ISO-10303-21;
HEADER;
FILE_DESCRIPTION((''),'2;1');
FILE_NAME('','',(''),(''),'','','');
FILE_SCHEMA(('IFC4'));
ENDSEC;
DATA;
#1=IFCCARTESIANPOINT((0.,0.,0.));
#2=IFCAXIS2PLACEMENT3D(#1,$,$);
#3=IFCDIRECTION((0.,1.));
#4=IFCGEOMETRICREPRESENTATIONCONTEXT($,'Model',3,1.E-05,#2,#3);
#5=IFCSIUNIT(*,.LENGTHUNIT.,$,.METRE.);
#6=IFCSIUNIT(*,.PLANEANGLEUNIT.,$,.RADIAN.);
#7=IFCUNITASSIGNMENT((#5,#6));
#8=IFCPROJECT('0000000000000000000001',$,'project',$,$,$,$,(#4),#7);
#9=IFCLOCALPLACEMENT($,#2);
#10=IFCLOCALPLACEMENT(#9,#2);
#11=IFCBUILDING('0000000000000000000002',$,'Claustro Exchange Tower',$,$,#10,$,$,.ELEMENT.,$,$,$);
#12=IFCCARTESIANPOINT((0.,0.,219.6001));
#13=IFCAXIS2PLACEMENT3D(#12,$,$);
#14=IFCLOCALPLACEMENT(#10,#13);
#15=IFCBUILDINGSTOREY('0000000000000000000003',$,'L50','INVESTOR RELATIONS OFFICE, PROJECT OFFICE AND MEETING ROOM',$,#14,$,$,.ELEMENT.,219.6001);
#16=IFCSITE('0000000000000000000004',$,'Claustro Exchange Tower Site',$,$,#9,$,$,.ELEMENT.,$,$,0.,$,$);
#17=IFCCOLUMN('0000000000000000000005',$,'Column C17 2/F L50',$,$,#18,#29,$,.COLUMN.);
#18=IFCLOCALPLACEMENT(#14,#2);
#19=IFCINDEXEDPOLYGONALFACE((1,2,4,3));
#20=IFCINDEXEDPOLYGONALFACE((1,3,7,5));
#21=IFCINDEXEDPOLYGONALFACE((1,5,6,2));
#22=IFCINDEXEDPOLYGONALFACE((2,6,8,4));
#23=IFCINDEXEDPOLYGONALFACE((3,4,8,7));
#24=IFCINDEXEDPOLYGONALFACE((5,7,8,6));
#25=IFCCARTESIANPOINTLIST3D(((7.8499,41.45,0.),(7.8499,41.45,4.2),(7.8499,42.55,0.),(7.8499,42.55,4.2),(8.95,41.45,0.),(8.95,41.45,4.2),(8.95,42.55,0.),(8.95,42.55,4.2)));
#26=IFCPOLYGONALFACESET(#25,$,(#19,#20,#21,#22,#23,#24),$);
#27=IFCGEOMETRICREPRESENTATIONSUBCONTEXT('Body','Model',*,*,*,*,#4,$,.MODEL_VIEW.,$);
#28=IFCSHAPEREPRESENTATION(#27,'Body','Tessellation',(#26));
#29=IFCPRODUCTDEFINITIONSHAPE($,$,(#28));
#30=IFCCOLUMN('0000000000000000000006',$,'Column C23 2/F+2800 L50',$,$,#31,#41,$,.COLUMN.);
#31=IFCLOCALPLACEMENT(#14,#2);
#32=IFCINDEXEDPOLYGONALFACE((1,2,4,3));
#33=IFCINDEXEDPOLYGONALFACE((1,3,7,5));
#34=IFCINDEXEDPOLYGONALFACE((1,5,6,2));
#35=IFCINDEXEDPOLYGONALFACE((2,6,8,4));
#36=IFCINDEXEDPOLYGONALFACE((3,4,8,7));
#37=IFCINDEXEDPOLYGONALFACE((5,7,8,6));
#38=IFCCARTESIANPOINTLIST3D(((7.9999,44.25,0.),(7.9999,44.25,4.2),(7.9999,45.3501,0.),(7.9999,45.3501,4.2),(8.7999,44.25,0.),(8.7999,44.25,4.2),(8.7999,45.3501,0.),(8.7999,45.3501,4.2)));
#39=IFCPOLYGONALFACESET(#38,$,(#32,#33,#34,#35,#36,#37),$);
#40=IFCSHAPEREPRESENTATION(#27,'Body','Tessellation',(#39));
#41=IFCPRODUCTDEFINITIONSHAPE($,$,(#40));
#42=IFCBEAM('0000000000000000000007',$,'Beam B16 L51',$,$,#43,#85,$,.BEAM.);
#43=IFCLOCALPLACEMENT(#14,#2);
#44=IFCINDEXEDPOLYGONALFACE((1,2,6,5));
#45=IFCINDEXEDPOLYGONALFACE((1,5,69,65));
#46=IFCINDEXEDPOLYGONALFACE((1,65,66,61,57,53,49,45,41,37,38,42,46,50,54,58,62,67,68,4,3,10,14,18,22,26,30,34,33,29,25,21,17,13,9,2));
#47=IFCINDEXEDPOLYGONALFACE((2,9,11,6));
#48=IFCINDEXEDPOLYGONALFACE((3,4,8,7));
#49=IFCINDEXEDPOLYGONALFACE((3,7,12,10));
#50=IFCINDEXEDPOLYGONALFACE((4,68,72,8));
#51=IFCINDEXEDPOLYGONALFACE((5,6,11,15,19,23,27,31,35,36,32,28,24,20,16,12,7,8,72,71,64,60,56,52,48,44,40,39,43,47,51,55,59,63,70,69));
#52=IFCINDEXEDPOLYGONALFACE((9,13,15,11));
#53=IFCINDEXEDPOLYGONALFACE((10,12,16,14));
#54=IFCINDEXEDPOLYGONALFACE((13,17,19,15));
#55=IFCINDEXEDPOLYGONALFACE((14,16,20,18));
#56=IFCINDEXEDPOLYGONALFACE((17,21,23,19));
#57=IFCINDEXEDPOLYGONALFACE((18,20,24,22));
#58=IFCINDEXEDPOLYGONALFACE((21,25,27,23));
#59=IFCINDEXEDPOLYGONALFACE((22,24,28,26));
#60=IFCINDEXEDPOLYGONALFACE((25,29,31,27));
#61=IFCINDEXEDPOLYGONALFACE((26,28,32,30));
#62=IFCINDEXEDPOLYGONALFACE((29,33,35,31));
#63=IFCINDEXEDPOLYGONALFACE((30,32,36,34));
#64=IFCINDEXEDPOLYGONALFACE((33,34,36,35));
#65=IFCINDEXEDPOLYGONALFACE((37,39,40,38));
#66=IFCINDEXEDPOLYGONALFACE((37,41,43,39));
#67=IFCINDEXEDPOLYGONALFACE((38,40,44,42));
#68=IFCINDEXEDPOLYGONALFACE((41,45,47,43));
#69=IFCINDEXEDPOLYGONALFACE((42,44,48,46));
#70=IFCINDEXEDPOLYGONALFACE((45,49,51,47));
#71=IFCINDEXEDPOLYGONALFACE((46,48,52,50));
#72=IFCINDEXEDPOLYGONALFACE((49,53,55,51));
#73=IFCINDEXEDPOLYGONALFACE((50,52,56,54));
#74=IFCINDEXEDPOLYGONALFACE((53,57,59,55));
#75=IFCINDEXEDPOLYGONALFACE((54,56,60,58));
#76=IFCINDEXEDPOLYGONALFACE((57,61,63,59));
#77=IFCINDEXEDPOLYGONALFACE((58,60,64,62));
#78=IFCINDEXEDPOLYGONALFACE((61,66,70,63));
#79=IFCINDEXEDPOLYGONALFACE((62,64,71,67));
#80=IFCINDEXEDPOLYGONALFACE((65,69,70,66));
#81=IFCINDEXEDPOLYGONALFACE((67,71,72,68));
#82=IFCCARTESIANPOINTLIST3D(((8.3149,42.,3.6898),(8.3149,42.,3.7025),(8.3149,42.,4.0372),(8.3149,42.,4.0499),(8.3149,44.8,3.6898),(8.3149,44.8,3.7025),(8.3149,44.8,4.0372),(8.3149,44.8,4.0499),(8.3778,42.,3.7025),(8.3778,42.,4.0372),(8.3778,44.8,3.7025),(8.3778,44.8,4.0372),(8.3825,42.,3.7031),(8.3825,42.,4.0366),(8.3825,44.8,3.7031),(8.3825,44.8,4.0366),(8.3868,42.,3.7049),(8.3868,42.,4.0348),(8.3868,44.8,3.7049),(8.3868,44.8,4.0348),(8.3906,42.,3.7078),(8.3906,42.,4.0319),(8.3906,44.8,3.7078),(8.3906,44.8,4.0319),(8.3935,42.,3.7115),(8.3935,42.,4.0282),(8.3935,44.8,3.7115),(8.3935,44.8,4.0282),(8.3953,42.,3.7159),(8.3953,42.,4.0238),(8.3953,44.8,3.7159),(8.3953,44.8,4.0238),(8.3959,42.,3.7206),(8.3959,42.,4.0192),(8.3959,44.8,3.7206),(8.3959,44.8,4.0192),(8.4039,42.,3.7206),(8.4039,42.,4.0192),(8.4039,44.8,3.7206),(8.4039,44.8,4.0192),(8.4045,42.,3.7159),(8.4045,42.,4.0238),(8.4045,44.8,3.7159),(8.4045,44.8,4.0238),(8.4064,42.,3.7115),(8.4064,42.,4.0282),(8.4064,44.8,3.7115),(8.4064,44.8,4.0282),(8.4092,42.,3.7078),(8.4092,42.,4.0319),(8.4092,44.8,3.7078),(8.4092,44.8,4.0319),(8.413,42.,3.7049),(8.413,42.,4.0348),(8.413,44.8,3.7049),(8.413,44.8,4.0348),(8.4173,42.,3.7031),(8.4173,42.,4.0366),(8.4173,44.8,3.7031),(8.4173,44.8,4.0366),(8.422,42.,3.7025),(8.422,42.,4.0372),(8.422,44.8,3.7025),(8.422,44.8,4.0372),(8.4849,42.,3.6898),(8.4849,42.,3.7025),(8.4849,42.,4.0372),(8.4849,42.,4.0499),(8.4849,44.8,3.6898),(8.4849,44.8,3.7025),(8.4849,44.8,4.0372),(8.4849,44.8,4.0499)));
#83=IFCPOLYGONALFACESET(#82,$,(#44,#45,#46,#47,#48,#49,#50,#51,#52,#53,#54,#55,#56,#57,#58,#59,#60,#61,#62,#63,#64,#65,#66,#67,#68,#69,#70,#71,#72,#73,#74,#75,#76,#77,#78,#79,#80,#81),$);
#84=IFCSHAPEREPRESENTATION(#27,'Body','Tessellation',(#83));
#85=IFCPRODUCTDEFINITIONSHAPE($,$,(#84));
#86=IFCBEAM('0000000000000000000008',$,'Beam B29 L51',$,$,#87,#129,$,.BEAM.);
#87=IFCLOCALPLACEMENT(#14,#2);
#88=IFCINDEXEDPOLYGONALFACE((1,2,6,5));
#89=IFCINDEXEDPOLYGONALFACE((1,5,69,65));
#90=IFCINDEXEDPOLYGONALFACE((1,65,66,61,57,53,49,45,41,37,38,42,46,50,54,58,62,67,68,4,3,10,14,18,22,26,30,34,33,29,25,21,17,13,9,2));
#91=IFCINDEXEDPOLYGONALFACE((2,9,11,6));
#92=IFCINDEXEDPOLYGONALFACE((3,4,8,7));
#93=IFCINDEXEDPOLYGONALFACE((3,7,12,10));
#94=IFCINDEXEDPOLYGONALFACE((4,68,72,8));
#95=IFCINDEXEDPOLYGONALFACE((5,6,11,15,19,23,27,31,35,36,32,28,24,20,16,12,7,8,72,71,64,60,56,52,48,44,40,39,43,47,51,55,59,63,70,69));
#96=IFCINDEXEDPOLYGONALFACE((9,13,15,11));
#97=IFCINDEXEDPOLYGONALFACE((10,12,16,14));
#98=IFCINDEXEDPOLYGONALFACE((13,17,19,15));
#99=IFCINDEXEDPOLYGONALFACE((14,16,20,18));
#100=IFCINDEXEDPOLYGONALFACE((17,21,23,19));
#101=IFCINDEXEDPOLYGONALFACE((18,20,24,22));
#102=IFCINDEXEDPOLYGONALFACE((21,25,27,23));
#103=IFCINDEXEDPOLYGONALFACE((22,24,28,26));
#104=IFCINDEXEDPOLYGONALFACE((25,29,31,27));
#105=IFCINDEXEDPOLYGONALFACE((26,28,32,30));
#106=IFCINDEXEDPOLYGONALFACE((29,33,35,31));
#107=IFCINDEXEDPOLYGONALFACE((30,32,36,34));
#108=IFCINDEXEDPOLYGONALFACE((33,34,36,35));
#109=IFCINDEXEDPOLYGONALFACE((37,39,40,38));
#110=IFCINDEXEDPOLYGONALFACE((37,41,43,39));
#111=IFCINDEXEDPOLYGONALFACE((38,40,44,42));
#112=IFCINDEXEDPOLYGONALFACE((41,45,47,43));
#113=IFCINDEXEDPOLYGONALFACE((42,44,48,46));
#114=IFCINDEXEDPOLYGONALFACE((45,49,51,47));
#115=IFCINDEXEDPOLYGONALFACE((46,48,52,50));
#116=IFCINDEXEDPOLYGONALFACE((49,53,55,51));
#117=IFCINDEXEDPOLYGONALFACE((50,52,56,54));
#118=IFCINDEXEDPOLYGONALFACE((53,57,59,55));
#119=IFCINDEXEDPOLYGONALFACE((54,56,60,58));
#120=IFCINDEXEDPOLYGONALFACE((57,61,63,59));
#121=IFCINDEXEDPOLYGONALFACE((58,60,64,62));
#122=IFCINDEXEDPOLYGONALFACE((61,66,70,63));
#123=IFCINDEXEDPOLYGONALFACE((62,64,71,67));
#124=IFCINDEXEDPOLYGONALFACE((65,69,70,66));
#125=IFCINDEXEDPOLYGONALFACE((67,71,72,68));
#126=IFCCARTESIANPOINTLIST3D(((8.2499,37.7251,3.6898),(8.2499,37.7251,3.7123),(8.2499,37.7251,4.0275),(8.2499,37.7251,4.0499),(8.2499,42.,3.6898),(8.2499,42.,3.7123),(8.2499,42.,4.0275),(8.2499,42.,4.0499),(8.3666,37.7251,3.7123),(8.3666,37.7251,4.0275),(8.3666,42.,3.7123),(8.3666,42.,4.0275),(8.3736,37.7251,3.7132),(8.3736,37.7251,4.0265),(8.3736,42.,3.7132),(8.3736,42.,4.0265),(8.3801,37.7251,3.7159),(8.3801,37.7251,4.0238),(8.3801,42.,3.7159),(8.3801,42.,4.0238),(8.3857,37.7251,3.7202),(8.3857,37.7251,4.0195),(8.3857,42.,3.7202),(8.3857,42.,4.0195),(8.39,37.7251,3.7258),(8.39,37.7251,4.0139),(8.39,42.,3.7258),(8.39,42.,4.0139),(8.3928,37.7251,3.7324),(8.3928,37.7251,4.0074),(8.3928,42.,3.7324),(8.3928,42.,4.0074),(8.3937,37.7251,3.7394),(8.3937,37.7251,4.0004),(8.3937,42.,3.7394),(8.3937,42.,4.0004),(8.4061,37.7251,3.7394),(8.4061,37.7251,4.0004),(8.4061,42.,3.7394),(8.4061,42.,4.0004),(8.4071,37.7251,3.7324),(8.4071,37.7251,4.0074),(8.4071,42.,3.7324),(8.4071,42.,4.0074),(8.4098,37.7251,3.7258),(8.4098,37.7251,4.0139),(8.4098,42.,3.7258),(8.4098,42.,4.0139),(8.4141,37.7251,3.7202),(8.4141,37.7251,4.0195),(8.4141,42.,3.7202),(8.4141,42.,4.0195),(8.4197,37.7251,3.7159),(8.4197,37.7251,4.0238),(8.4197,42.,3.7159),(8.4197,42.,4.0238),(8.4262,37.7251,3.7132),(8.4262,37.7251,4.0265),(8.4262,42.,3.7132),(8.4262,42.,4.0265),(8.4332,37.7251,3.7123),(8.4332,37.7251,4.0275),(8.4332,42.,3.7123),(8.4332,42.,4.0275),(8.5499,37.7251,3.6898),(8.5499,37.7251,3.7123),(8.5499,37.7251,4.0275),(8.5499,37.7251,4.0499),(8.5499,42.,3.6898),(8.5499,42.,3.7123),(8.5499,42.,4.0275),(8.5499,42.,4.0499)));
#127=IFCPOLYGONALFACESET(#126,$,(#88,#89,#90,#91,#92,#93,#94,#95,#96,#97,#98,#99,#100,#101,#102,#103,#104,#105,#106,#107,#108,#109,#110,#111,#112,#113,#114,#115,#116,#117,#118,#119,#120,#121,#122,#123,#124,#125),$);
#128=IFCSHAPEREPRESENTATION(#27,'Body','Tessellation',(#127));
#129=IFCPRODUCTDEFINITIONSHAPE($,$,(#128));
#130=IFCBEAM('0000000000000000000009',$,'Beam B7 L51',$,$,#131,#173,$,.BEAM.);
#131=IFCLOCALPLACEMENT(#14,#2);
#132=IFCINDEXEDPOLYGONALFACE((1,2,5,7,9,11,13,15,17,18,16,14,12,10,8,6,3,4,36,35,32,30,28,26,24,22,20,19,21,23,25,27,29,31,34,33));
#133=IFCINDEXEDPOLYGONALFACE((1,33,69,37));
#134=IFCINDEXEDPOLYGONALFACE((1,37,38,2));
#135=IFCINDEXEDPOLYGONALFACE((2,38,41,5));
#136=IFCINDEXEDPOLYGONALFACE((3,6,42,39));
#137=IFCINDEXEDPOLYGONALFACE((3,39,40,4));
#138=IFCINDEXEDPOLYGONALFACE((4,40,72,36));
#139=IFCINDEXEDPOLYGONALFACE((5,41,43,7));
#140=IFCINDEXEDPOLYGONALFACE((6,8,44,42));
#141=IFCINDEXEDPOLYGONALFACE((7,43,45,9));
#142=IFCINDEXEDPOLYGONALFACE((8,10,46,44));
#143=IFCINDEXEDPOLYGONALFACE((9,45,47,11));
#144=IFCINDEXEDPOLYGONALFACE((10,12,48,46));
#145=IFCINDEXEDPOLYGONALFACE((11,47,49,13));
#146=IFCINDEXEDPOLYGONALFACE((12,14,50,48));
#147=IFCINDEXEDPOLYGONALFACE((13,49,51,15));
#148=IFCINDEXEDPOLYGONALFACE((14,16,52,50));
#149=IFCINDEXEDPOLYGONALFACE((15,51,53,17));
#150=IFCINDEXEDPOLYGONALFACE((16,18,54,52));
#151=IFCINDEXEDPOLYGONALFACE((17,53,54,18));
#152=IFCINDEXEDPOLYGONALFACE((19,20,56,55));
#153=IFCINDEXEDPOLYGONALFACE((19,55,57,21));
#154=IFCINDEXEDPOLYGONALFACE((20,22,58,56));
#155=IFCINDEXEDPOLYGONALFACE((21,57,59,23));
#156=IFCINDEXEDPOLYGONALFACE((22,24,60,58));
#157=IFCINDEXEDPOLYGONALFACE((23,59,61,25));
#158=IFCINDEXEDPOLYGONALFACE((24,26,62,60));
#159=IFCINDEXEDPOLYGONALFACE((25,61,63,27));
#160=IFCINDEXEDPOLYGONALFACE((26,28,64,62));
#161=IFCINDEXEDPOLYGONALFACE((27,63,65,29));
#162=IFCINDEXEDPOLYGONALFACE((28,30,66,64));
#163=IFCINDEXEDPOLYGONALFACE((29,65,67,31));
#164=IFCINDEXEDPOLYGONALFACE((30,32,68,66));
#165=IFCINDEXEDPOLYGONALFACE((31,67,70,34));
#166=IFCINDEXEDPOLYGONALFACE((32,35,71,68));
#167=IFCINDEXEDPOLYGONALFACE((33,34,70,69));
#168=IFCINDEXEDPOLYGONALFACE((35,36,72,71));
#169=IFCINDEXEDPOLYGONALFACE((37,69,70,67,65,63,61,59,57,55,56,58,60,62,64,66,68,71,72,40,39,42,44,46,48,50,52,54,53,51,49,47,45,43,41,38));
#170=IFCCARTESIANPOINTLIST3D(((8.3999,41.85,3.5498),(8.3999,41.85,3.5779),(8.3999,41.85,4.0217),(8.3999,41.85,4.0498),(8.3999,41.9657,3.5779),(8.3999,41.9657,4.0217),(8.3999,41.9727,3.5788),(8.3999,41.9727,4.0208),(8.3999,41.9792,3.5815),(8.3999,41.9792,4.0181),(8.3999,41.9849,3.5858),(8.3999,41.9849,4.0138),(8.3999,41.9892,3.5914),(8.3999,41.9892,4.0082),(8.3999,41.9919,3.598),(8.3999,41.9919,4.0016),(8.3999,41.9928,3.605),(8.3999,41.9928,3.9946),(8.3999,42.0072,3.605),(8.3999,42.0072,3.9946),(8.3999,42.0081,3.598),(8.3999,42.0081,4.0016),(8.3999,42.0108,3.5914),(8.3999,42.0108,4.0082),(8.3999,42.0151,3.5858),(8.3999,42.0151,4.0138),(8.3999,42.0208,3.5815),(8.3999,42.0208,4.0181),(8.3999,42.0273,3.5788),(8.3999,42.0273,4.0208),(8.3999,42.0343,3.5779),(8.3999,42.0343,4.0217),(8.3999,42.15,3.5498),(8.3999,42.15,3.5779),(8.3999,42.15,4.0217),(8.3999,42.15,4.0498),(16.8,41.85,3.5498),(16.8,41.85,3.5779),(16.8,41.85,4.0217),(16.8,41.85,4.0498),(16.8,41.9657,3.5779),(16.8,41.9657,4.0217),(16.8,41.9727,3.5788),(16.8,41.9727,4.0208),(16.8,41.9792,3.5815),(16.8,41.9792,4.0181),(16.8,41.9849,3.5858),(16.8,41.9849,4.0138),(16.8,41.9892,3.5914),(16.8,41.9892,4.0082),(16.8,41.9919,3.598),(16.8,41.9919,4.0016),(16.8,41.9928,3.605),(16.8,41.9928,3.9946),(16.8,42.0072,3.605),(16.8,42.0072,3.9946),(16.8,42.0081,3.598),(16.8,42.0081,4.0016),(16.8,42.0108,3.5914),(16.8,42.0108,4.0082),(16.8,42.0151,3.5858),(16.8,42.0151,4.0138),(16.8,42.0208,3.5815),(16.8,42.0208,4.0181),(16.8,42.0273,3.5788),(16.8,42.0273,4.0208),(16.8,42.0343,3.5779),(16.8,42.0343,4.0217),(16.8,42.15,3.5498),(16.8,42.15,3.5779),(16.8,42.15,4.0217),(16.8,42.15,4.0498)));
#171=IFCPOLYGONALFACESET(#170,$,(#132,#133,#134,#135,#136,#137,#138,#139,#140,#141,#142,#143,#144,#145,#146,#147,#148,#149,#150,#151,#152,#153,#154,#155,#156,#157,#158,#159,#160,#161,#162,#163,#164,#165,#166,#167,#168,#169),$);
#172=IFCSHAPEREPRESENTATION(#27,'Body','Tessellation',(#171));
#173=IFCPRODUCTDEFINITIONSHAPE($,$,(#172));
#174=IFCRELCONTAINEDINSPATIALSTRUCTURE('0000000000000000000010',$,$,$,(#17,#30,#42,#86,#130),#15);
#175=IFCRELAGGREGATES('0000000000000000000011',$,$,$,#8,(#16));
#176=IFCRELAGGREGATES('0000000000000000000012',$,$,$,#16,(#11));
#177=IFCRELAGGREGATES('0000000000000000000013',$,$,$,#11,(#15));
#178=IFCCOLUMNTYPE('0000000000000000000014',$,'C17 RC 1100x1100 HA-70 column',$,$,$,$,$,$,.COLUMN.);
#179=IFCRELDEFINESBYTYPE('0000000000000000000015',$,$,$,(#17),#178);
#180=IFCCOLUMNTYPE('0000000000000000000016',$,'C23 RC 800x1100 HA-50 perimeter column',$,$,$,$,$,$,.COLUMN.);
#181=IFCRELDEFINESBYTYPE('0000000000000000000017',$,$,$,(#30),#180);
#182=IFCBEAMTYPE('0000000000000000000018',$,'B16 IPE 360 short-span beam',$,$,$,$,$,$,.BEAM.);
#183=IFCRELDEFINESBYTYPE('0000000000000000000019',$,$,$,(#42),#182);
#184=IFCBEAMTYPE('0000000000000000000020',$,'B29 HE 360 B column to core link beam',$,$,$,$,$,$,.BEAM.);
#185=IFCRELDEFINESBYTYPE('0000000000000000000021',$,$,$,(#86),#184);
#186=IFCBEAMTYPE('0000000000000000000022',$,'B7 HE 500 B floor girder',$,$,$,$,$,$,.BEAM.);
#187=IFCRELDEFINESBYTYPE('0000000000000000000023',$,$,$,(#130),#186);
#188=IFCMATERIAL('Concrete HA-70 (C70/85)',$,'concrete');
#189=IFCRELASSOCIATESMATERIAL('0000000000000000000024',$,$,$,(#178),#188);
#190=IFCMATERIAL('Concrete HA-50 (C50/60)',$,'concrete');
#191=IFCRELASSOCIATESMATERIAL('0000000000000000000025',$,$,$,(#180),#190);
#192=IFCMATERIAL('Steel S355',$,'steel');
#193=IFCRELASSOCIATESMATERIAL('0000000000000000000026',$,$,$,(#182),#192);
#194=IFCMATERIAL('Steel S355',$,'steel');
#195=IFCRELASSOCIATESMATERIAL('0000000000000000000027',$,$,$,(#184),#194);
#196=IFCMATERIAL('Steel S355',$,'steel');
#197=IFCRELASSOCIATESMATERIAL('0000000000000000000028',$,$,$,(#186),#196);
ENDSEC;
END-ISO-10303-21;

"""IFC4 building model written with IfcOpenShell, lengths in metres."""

from ifc_helpers import new_model, si_unit, direction, frame, origin, origin_2d, place, context, subcontext, project, spatial, rectangle, i_section, extrude, material, material_profile, profile_set, type_object, element, save


model = new_model("IFC4")

# Units and contexts
model_context = context("Model", 3, precision=1e-05, world=origin(), true_north=direction((0.0, 1.0)))
body_context = subcontext(model_context, "Body", "Model", "MODEL_VIEW")
ifc_project = project(units=[si_unit("LENGTHUNIT", "METRE"), si_unit("PLANEANGLEUNIT", "RADIAN")], contexts=[model_context])

# Site, building, storey
site_placement = place(None, origin())
site = spatial("IfcSite", under=ifc_project, at=site_placement, Name="Claustro Exchange Tower Site", CompositionType="ELEMENT", RefElevation=0.0)
building_placement = place(site_placement, origin())
building = spatial("IfcBuilding", under=site, at=building_placement, Name="Claustro Exchange Tower", CompositionType="ELEMENT")
storey_placement = place(building_placement, frame((0.0, 0.0, 219.6001)))
storey = spatial("IfcBuildingStorey", under=building, at=storey_placement, Name="L50", Description="INVESTOR RELATIONS OFFICE, PROJECT OFFICE AND MEETING ROOM", CompositionType="ELEMENT", Elevation=219.6001)

# Columns
ifc_material_1 = material(Name="Concrete HA-70 (C70/85)", Category="concrete")
ifc_material_profile_1 = material_profile(ifc_material_1, rectangle(XDim=1.1001, YDim=1.1001, at=origin_2d()), Name="RC 1100x1100")
ifc_profile_set_1 = profile_set([ifc_material_profile_1], Name="Concrete HA-70 (C70/85)")
column_type_1 = type_object("IfcColumnType", Name="C17 RC 1100x1100 HA-70 column", PredefinedType="COLUMN", material=ifc_profile_set_1)
column_1_placement = place(storey_placement, frame((8.3999, 42.0, 0.0), z_axis=(0.0, 0.0, 1.0), x_axis=(1.0, 0.0, 0.0)))
element("IfcColumn", 1, at=column_1_placement, inside=storey, type_object=column_type_1, Name="Column C17 2/F L50", PredefinedType="COLUMN", context=body_context, shape_type="SweptSolid", body=[
    extrude(rectangle(XDim=1.1001, YDim=1.1001, at=origin_2d()), origin(), (0.0, 0.0, 1.0), 4.2),
])
ifc_material_2 = material(Name="Concrete HA-50 (C50/60)", Category="concrete")
ifc_material_profile_2 = material_profile(ifc_material_2, rectangle(XDim=0.8, YDim=1.1001, at=origin_2d()), Name="RC 800x1100")
ifc_profile_set_2 = profile_set([ifc_material_profile_2], Name="Concrete HA-50 (C50/60)")
column_type_2 = type_object("IfcColumnType", Name="C23 RC 800x1100 HA-50 perimeter column", PredefinedType="COLUMN", material=ifc_profile_set_2)
column_2_placement = place(storey_placement, frame((8.3999, 44.8, 0.0), z_axis=(0.0, 0.0, 1.0), x_axis=(1.0, 0.0, 0.0)))
element("IfcColumn", 2, at=column_2_placement, inside=storey, type_object=column_type_2, Name="Column C23 2/F+2800 L50", PredefinedType="COLUMN", context=body_context, shape_type="SweptSolid", body=[
    extrude(rectangle(XDim=0.8, YDim=1.1001, at=origin_2d()), origin(), (0.0, 0.0, 1.0), 4.2),
])

# Beams
ifc_material_3 = material(Name="Steel S355", Category="steel")
ifc_material_profile_3 = material_profile(ifc_material_3, i_section(OverallWidth=0.1699, OverallDepth=0.3601, WebThickness=0.0081, FlangeThickness=0.0127, FilletRadius=0.0181, at=origin_2d()), Name="IPE 360")
ifc_profile_set_3 = profile_set([ifc_material_profile_3], Name="Steel S355")
beam_type_1 = type_object("IfcBeamType", Name="B16 IPE 360 short-span beam", PredefinedType="BEAM", material=ifc_profile_set_3)
beam_1_placement = place(storey_placement, frame((8.3999, 42.0, 3.8699), z_axis=(0.0, 1.0, 0.0), x_axis=(-1.0, 0.0, 0.0)))
element("IfcBeam", 3, at=beam_1_placement, inside=storey, type_object=beam_type_1, Name="Beam B16 L51", PredefinedType="BEAM", context=body_context, shape_type="SweptSolid", body=[
    extrude(i_section(OverallWidth=0.1699, OverallDepth=0.3601, WebThickness=0.0081, FlangeThickness=0.0127, FilletRadius=0.0181, at=origin_2d()), origin(), (0.0, 0.0, 1.0), 2.8),
])
ifc_material_4 = material(Name="Steel S355", Category="steel")
ifc_material_profile_4 = material_profile(ifc_material_4, i_section(OverallWidth=0.3, OverallDepth=0.3601, WebThickness=0.0125, FlangeThickness=0.0225, FilletRadius=0.0271, at=origin_2d()), Name="HE 360 B")
ifc_profile_set_4 = profile_set([ifc_material_profile_4], Name="Steel S355")
beam_type_2 = type_object("IfcBeamType", Name="B29 HE 360 B column to core link beam", PredefinedType="BEAM", material=ifc_profile_set_4)
beam_2_placement = place(storey_placement, frame((8.3999, 37.7251, 3.8699), z_axis=(0.0, 1.0, 0.0), x_axis=(-1.0, 0.0, 0.0)))
element("IfcBeam", 4, at=beam_2_placement, inside=storey, type_object=beam_type_2, Name="Beam B29 L51", PredefinedType="BEAM", context=body_context, shape_type="SweptSolid", body=[
    extrude(i_section(OverallWidth=0.3, OverallDepth=0.3601, WebThickness=0.0125, FlangeThickness=0.0225, FilletRadius=0.0271, at=origin_2d()), origin(), (0.0, 0.0, 1.0), 4.2749),
])
ifc_material_5 = material(Name="Steel S355", Category="steel")
ifc_material_profile_5 = material_profile(ifc_material_5, i_section(OverallWidth=0.3, OverallDepth=0.5, WebThickness=0.0144, FlangeThickness=0.0281, FilletRadius=0.0271, at=origin_2d()), Name="HE 500 B")
ifc_profile_set_5 = profile_set([ifc_material_profile_5], Name="Steel S355")
beam_type_3 = type_object("IfcBeamType", Name="B7 HE 500 B floor girder", PredefinedType="BEAM", material=ifc_profile_set_5)
beam_3_placement = place(storey_placement, frame((8.3999, 42.0, 3.7998), z_axis=(1.0, 0.0, 0.0), x_axis=(0.0, 1.0, 0.0)))
element("IfcBeam", 5, at=beam_3_placement, inside=storey, type_object=beam_type_3, Name="Beam B7 L51", PredefinedType="BEAM", context=body_context, shape_type="SweptSolid", body=[
    extrude(i_section(OverallWidth=0.3, OverallDepth=0.5, WebThickness=0.0144, FlangeThickness=0.0281, FilletRadius=0.0271, at=origin_2d()), origin(), (0.0, 0.0, 1.0), 8.4001),
])

save(model, "model.ifc")
